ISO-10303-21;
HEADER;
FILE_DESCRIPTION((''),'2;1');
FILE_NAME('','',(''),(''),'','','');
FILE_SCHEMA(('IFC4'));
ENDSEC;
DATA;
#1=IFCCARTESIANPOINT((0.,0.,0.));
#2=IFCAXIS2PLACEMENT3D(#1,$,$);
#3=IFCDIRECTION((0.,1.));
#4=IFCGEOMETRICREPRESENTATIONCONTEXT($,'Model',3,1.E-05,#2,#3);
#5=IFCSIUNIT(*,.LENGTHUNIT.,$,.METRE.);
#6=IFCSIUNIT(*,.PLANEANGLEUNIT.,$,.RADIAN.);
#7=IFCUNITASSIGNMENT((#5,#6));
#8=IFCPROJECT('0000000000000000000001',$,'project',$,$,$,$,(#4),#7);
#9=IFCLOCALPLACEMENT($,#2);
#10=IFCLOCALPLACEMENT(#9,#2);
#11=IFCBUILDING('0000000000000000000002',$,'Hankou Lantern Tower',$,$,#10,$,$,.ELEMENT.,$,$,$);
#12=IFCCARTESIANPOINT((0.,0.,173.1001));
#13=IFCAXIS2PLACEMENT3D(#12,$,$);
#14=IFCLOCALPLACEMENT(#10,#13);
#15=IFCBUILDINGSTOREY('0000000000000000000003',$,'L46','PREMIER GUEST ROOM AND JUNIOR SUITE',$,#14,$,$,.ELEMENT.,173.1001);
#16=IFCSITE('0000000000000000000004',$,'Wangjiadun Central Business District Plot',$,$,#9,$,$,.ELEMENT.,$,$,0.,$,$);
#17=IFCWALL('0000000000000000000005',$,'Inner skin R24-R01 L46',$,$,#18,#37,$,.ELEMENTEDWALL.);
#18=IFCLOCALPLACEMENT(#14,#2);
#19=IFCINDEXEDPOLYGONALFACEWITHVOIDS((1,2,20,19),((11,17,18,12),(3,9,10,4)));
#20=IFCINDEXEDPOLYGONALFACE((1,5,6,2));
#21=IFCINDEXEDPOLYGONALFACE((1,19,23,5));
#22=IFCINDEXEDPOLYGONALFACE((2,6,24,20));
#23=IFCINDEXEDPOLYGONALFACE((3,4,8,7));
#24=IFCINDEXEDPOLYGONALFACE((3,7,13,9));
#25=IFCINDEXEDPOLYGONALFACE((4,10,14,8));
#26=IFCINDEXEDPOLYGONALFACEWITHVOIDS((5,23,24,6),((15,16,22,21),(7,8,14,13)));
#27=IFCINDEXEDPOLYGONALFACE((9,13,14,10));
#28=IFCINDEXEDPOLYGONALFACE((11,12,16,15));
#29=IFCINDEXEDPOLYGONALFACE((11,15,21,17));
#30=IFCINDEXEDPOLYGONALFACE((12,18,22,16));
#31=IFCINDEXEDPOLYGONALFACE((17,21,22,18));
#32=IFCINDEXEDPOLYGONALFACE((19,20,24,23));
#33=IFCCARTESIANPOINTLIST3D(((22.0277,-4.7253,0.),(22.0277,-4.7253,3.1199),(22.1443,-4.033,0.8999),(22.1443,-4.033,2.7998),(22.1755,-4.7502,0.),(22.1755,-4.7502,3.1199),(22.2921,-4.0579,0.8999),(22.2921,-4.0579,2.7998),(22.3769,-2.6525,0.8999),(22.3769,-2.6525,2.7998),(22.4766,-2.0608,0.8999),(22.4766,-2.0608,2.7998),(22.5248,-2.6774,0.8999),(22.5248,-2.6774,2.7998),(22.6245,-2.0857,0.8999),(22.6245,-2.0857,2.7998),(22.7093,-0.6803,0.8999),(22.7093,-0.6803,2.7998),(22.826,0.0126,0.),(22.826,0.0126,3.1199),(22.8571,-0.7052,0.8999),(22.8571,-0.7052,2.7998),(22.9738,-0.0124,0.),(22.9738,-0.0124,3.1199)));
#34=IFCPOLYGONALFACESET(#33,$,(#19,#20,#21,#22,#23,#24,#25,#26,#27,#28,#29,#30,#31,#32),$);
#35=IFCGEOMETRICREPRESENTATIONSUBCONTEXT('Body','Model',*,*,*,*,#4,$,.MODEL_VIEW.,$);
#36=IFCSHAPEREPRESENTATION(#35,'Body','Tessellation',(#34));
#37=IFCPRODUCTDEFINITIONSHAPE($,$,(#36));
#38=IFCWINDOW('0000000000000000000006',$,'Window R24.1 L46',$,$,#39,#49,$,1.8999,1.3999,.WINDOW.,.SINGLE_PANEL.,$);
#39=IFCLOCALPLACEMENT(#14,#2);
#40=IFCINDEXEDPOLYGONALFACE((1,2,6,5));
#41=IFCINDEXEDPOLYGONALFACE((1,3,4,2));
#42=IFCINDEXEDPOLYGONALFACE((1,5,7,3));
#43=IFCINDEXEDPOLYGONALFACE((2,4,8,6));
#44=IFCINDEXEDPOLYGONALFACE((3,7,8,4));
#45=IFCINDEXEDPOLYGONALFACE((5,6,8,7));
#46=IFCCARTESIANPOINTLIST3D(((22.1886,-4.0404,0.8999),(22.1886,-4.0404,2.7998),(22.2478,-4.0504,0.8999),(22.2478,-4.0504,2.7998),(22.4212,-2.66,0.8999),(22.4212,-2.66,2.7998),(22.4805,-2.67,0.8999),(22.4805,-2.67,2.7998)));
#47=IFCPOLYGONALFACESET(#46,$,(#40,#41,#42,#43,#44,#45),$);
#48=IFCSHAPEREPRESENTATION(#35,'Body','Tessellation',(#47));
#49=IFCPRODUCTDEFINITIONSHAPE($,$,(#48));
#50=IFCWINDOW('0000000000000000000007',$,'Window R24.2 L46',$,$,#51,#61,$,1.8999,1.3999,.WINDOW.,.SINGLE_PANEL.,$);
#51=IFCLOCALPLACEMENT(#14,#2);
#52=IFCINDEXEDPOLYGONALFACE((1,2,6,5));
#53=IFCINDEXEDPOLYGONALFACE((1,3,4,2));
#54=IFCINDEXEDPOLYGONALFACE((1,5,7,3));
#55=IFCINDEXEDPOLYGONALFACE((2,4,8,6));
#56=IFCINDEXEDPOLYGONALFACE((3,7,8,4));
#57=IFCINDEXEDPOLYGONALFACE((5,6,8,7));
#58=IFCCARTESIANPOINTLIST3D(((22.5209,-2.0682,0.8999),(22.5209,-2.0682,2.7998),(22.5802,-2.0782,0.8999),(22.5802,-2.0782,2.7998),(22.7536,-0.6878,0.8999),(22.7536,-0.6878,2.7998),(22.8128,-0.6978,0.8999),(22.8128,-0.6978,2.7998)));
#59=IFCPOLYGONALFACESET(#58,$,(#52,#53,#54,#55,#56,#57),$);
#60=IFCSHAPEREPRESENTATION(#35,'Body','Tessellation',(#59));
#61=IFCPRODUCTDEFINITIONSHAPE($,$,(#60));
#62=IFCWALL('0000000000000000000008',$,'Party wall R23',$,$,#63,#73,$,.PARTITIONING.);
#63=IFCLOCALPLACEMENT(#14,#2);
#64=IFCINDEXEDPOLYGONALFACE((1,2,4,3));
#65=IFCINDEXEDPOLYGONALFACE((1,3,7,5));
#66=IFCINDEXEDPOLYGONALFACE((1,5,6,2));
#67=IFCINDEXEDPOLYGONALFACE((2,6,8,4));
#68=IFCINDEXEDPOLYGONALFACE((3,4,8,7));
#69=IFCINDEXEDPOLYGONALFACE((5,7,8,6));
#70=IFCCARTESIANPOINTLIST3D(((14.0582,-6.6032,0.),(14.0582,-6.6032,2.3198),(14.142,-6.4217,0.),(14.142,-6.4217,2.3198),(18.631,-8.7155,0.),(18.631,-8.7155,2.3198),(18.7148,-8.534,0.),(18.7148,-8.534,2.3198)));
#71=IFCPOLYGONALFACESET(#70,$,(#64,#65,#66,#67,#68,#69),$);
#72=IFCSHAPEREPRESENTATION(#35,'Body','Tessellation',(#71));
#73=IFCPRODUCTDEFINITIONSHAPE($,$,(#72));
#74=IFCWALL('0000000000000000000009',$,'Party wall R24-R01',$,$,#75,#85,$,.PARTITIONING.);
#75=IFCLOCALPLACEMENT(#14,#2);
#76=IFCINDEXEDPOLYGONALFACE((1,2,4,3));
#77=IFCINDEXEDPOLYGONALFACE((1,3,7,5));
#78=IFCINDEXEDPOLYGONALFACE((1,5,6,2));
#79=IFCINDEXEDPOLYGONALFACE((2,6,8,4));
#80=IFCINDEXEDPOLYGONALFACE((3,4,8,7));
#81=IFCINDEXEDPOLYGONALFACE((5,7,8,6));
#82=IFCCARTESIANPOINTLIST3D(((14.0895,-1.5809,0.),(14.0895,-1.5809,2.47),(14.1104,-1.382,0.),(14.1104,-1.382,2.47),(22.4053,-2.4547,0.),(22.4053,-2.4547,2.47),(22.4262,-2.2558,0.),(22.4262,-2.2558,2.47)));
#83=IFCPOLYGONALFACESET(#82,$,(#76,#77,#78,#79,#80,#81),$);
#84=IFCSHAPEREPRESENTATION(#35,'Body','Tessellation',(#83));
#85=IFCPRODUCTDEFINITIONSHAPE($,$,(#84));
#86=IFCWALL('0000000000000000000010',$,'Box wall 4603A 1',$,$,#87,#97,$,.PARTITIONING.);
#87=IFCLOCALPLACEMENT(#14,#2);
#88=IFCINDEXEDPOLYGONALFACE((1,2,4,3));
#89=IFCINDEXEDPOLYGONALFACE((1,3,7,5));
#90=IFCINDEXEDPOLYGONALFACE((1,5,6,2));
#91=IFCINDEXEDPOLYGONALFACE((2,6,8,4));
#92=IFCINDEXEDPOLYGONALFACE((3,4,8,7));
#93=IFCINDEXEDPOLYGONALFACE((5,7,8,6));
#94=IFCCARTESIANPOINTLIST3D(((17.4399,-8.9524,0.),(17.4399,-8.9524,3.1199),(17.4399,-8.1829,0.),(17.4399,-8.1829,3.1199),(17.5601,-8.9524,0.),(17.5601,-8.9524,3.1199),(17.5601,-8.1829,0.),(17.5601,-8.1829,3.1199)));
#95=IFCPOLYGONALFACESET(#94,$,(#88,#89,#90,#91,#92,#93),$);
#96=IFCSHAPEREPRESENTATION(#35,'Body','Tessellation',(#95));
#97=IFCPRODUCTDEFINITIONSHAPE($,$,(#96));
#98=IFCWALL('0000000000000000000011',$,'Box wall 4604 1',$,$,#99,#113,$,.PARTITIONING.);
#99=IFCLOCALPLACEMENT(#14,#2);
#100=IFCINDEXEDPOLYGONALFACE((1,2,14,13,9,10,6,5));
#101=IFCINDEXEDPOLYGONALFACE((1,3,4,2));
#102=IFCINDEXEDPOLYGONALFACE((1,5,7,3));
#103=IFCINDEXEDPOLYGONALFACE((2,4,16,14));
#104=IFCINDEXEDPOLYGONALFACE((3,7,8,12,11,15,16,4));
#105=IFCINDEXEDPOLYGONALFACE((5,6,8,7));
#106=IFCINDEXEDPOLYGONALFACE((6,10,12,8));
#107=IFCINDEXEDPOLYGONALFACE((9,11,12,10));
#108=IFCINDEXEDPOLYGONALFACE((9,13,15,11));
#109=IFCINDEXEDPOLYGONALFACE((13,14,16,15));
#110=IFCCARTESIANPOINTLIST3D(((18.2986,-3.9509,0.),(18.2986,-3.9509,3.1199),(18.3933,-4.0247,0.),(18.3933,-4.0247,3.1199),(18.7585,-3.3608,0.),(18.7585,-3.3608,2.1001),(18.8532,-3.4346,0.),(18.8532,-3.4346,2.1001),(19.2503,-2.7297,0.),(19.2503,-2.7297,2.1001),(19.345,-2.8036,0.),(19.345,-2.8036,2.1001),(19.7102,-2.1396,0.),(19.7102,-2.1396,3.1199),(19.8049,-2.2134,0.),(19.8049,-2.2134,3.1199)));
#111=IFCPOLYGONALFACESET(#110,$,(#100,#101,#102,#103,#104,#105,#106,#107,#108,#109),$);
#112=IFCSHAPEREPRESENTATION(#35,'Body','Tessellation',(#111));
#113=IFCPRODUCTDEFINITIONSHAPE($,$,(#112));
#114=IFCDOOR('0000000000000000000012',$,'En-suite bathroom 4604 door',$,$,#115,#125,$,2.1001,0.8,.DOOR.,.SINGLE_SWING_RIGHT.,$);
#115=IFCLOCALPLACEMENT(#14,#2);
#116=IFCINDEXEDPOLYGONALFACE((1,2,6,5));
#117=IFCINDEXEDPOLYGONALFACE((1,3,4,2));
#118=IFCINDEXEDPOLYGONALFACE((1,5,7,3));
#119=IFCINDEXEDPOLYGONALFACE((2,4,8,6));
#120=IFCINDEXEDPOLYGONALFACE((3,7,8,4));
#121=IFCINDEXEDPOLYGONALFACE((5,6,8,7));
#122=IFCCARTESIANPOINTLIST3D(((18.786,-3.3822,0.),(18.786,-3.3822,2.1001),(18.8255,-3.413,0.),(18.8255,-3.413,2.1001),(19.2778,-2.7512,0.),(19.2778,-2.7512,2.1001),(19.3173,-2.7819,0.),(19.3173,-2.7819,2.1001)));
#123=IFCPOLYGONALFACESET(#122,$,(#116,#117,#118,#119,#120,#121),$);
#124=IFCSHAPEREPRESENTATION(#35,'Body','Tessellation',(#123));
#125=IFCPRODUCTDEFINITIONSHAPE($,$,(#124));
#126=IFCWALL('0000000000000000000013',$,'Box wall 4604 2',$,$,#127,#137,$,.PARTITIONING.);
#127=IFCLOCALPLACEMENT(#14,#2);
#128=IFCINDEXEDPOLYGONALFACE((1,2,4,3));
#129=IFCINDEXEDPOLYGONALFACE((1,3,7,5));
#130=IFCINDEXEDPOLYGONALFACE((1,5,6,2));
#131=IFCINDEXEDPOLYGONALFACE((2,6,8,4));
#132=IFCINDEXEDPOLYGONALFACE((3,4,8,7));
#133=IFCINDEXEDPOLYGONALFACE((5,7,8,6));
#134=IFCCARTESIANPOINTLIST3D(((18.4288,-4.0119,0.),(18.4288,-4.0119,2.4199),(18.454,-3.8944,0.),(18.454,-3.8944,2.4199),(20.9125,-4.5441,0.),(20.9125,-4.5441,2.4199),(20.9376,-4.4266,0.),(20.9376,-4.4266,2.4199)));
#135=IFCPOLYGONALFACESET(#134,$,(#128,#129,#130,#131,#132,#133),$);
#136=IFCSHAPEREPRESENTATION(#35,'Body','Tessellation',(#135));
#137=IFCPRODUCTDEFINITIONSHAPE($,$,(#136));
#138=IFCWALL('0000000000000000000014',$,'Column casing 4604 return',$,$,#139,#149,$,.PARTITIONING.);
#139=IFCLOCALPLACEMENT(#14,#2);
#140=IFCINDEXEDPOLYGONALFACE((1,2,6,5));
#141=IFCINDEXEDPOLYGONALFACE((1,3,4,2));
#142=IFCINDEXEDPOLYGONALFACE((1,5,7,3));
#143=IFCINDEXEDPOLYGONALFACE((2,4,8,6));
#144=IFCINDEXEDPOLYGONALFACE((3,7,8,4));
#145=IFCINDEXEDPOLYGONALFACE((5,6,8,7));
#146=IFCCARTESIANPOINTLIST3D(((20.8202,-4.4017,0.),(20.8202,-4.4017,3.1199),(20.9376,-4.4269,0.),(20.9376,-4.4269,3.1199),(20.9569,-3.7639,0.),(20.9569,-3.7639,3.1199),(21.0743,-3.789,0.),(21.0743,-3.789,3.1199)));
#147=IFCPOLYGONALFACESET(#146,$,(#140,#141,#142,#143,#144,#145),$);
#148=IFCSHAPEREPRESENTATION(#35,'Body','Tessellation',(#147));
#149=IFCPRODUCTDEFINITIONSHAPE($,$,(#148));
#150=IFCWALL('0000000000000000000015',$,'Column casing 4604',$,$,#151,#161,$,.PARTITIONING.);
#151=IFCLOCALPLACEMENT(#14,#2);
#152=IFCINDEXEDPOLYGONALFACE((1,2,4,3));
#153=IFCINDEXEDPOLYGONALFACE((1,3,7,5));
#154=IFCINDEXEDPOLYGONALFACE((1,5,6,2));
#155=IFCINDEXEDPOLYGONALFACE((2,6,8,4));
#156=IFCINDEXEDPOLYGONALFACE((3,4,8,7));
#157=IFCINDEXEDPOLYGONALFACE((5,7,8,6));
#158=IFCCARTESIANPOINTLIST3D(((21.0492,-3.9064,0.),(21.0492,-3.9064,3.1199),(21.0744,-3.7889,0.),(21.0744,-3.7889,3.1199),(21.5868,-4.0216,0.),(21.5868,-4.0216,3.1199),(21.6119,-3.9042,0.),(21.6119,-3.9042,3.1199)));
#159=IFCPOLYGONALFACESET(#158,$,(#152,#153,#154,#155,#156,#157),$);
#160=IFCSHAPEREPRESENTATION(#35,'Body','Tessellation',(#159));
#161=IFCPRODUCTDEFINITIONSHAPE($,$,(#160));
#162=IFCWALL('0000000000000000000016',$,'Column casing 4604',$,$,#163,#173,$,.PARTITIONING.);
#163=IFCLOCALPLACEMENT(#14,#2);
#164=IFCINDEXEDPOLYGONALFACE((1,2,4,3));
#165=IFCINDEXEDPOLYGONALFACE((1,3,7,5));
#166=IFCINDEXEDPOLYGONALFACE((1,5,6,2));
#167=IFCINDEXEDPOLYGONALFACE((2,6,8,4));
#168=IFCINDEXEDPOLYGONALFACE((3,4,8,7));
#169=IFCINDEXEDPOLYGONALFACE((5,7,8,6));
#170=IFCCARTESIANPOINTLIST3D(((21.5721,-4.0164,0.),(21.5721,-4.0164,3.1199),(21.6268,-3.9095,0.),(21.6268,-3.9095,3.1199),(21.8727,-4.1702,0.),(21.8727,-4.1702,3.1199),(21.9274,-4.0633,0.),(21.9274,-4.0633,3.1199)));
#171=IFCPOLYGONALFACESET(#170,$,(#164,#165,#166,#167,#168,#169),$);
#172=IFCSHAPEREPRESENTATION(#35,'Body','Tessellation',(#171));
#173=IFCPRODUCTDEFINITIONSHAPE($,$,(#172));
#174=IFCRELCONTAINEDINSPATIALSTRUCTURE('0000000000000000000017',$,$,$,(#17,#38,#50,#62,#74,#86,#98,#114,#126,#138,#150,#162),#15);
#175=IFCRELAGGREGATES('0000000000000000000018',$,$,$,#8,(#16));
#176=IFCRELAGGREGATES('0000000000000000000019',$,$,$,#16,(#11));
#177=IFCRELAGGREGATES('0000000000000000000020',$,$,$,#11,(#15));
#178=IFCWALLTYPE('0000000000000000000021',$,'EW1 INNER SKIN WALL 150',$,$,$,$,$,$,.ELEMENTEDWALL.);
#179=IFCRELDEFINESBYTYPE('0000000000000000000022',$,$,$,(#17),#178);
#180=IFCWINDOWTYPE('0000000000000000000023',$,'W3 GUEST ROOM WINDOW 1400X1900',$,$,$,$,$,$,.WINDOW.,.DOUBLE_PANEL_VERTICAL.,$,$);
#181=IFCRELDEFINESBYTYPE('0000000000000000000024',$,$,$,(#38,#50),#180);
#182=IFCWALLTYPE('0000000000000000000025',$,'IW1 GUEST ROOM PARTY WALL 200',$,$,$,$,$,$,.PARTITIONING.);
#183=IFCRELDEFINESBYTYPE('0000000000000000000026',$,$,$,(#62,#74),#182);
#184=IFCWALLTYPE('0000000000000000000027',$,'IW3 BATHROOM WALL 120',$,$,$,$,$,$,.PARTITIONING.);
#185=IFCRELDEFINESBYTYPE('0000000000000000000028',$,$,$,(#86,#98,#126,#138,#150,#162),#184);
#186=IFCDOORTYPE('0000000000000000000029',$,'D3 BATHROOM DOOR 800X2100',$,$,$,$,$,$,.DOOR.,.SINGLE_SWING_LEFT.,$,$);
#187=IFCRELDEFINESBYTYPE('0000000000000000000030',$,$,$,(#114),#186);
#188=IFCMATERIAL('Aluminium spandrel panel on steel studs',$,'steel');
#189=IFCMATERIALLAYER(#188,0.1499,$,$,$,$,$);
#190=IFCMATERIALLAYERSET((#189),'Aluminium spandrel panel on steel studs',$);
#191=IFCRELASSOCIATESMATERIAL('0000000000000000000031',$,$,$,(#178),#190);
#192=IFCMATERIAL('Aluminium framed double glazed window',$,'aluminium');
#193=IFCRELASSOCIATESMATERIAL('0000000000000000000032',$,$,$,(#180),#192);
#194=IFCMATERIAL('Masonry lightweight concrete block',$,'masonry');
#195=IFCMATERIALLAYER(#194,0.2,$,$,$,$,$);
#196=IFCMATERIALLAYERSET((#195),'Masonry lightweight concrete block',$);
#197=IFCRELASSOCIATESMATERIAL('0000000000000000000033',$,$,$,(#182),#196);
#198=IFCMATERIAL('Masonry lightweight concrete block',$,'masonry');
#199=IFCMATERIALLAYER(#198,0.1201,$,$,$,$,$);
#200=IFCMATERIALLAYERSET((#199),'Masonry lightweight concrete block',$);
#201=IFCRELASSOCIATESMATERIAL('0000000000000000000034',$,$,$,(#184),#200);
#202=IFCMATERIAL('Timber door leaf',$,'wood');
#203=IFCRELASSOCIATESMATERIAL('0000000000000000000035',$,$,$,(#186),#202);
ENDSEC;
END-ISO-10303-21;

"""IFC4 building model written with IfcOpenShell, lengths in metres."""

from ifc_helpers import new_model, si_unit, direction, frame, frame_2d, origin, place, context, subcontext, project, spatial, rectangle, extrude, material, layer, layer_set, type_object, element, fill, save


model = new_model("IFC4")

# Units and contexts
model_context = context("Model", 3, precision=1e-05, world=origin(), true_north=direction((0.0, 1.0)))
body_context = subcontext(model_context, "Body", "Model", "MODEL_VIEW")
ifc_project = project(units=[si_unit("LENGTHUNIT", "METRE"), si_unit("PLANEANGLEUNIT", "RADIAN")], contexts=[model_context])

# Site, building, storey
site_placement = place(None, origin())
site = spatial("IfcSite", under=ifc_project, at=site_placement, Name="Wangjiadun Central Business District Plot", CompositionType="ELEMENT", RefElevation=0.0)
building_placement = place(site_placement, origin())
building = spatial("IfcBuilding", under=site, at=building_placement, Name="Hankou Lantern Tower", CompositionType="ELEMENT")
storey_placement = place(building_placement, frame((0.0, 0.0, 173.1001)))
storey = spatial("IfcBuildingStorey", under=building, at=storey_placement, Name="L46", Description="PREMIER GUEST ROOM AND JUNIOR SUITE", CompositionType="ELEMENT", Elevation=173.1001)

# Wall, openings, windows
ifc_material_1 = material(Name="Aluminium spandrel panel on steel studs", Category="steel")
ifc_layer_1 = layer(ifc_material_1, 0.1499)
ifc_layer_set_1 = layer_set([ifc_layer_1], Name="Aluminium spandrel panel on steel studs")
wall_type_1 = type_object("IfcWallType", Name="EW1 INNER SKIN WALL 150", PredefinedType="ELEMENTEDWALL", material=ifc_layer_set_1)
wall_1_placement = place(storey_placement, frame((22.1016, -4.7378, 0.0), z_axis=(0.0, 0.0, 1.0), x_axis=(0.166162, 0.986098, 0.0)))
wall_1 = element("IfcWall", 1, at=wall_1_placement, inside=storey, type_object=wall_type_1, Name="Inner skin R24-R01 L46", PredefinedType="ELEMENTEDWALL", context=body_context, shape_type="SweptSolid", body=[
    extrude(rectangle(XDim=4.8047, YDim=0.1499, at=frame_2d((2.4023, 0.0))), origin(), (0.0, 0.0, 1.0), 3.1199),
])
opening_1_placement = place(wall_1_placement, frame((0.7021, 0.0, 0.8999)))
opening_1 = element("IfcOpeningElement", 2, at=opening_1_placement, cuts=wall_1, PredefinedType="OPENING", context=body_context, shape_type="SweptSolid", body=[
    extrude(rectangle(XDim=1.3999, YDim=1.8999, at=frame_2d((0.7, 0.95))), frame((0.0, 0.085, 0.0), z_axis=(0.0, -1.0, 0.0), x_axis=(1.0, 0.0, 0.0)), (0.0, 0.0, 1.0), 0.1699),
])
opening_2_placement = place(wall_1_placement, frame((2.7021, 0.0, 0.8999)))
opening_2 = element("IfcOpeningElement", 3, at=opening_2_placement, cuts=wall_1, PredefinedType="OPENING", context=body_context, shape_type="SweptSolid", body=[
    extrude(rectangle(XDim=1.3999, YDim=1.8999, at=frame_2d((0.7, 0.95))), frame((0.0, 0.085, 0.0), z_axis=(0.0, -1.0, 0.0), x_axis=(1.0, 0.0, 0.0)), (0.0, 0.0, 1.0), 0.1699),
])
ifc_material_2 = material(Name="Aluminium framed double glazed window", Category="aluminium")
window_type = type_object("IfcWindowType", Name="W3 GUEST ROOM WINDOW 1400X1900", PartitioningType="DOUBLE_PANEL_VERTICAL", PredefinedType="WINDOW", material=ifc_material_2)
window_1_placement = place(opening_1_placement, origin())
window_1 = element("IfcWindow", 4, at=window_1_placement, inside=storey, type_object=window_type, Name="Window R24.1 L46", OverallHeight=1.8999, OverallWidth=1.3999, PartitioningType="SINGLE_PANEL", PredefinedType="WINDOW", context=body_context, shape_type="SweptSolid", body=[
    extrude(rectangle(XDim=1.3999, YDim=1.8999, at=frame_2d((0.7, 0.95))), frame((0.0, 0.03, 0.0), z_axis=(0.0, -1.0, 0.0), x_axis=(1.0, 0.0, 0.0)), (0.0, 0.0, 1.0), 0.0601),
])
fill(opening_1, window_1)
window_2_placement = place(opening_2_placement, origin())
window_2 = element("IfcWindow", 5, at=window_2_placement, inside=storey, type_object=window_type, Name="Window R24.2 L46", OverallHeight=1.8999, OverallWidth=1.3999, PartitioningType="SINGLE_PANEL", PredefinedType="WINDOW", context=body_context, shape_type="SweptSolid", body=[
    extrude(rectangle(XDim=1.3999, YDim=1.8999, at=frame_2d((0.7, 0.95))), frame((0.0, 0.03, 0.0), z_axis=(0.0, -1.0, 0.0), x_axis=(1.0, 0.0, 0.0)), (0.0, 0.0, 1.0), 0.0601),
])
fill(opening_2, window_2)

# Walls
ifc_material_3 = material(Name="Masonry lightweight concrete block", Category="masonry")
ifc_layer_2 = layer(ifc_material_3, 0.2)
ifc_layer_set_2 = layer_set([ifc_layer_2], Name="Masonry lightweight concrete block")
wall_type_2 = type_object("IfcWallType", Name="IW1 GUEST ROOM PARTY WALL 200", PredefinedType="PARTITIONING", material=ifc_layer_set_2)
wall_2_placement = place(storey_placement, frame((14.1001, -6.5125, 0.0), z_axis=(0.0, 0.0, 1.0), x_axis=(0.907823, -0.419353, 0.0)))
element("IfcWall", 6, at=wall_2_placement, inside=storey, type_object=wall_type_2, Name="Party wall R23", PredefinedType="PARTITIONING", context=body_context, shape_type="SweptSolid", body=[
    extrude(rectangle(XDim=5.0371, YDim=0.2, at=frame_2d((2.5186, 0.0))), origin(), (0.0, 0.0, 1.0), 2.3198),
])
wall_3_placement = place(storey_placement, frame((14.1001, -1.4814, 0.0), z_axis=(0.0, 0.0, 1.0), x_axis=(0.994525, -0.104501, 0.0)))
element("IfcWall", 7, at=wall_3_placement, inside=storey, type_object=wall_type_2, Name="Party wall R24-R01", PredefinedType="PARTITIONING", context=body_context, shape_type="SweptSolid", body=[
    extrude(rectangle(XDim=8.3616, YDim=0.2, at=frame_2d((4.1807, 0.0))), origin(), (0.0, 0.0, 1.0), 2.47),
])
ifc_material_4 = material(Name="Masonry lightweight concrete block", Category="masonry")
ifc_layer_3 = layer(ifc_material_4, 0.1201)
ifc_layer_set_3 = layer_set([ifc_layer_3], Name="Masonry lightweight concrete block")
wall_type_3 = type_object("IfcWallType", Name="IW3 BATHROOM WALL 120", PredefinedType="PARTITIONING", material=ifc_layer_set_3)
wall_4_placement = place(storey_placement, frame((17.5, -8.1829, 0.0), z_axis=(0.0, 0.0, 1.0), x_axis=(0.0, -1.0, 0.0)))
element("IfcWall", 8, at=wall_4_placement, inside=storey, type_object=wall_type_3, Name="Box wall 4603A 1", PredefinedType="PARTITIONING", context=body_context, shape_type="SweptSolid", body=[
    extrude(rectangle(XDim=0.7695, YDim=0.1201, at=frame_2d((0.3848, 0.0))), origin(), (0.0, 0.0, 1.0), 3.1199),
])

# Wall, opening, door
wall_5_placement = place(storey_placement, frame((19.7576, -2.1765, 0.0), z_axis=(0.0, 0.0, 1.0), x_axis=(-0.614713, -0.788751, 0.0)))
wall_5 = element("IfcWall", 9, at=wall_5_placement, inside=storey, type_object=wall_type_3, Name="Box wall 4604 1", PredefinedType="PARTITIONING", context=body_context, shape_type="SweptSolid", body=[
    extrude(rectangle(XDim=2.2964, YDim=0.1201, at=frame_2d((1.1482, 0.0))), origin(), (0.0, 0.0, 1.0), 3.1199),
])
opening_3_placement = place(wall_5_placement, frame((0.7483, 0.0, 0.0)))
opening_3 = element("IfcOpeningElement", 10, at=opening_3_placement, cuts=wall_5, PredefinedType="OPENING", context=body_context, shape_type="SweptSolid", body=[
    extrude(rectangle(XDim=0.8, YDim=2.1001, at=frame_2d((0.3999, 1.05))), frame((0.0, 0.0701, 0.0), z_axis=(0.0, -1.0, 0.0), x_axis=(1.0, 0.0, 0.0)), (0.0, 0.0, 1.0), 0.1401),
])
ifc_material_5 = material(Name="Timber door leaf", Category="wood")
door_type = type_object("IfcDoorType", Name="D3 BATHROOM DOOR 800X2100", OperationType="SINGLE_SWING_LEFT", PredefinedType="DOOR", material=ifc_material_5)
door_1_placement = place(opening_3_placement, origin())
door_1 = element("IfcDoor", 11, at=door_1_placement, inside=storey, type_object=door_type, Name="En-suite bathroom 4604 door", OperationType="SINGLE_SWING_RIGHT", OverallHeight=2.1001, OverallWidth=0.8, PredefinedType="DOOR", context=body_context, shape_type="SweptSolid", body=[
    extrude(rectangle(XDim=0.8, YDim=2.1001, at=frame_2d((0.3999, 1.05))), frame((0.0, 0.0249, 0.0), z_axis=(0.0, -1.0, 0.0), x_axis=(1.0, 0.0, 0.0)), (0.0, 0.0, 1.0), 0.05),
])
fill(opening_3, door_1)

# Walls
wall_6_placement = place(storey_placement, frame((18.4414, -3.9531, 0.0), z_axis=(0.0, 0.0, 1.0), x_axis=(0.977801, -0.209536, 0.0)))
element("IfcWall", 12, at=wall_6_placement, inside=storey, type_object=wall_type_3, Name="Box wall 4604 2", PredefinedType="PARTITIONING", context=body_context, shape_type="SweptSolid", body=[
    extrude(rectangle(XDim=2.54, YDim=0.1201, at=frame_2d((1.27, 0.0))), origin(), (0.0, 0.0, 1.0), 2.4199),
])
wall_7_placement = place(storey_placement, frame((20.8789, -4.4143, 0.0), z_axis=(0.0, 0.0, 1.0), x_axis=(0.209555, 0.977797, 0.0)))
element("IfcWall", 13, at=wall_7_placement, inside=storey, type_object=wall_type_3, Name="Column casing 4604 return", PredefinedType="PARTITIONING", context=body_context, shape_type="SweptSolid", body=[
    extrude(rectangle(XDim=0.6523, YDim=0.1201, at=frame_2d((0.3262, 0.0))), origin(), (0.0, 0.0, 1.0), 3.1199),
])
wall_8_placement = place(storey_placement, frame((21.0618, -3.8477, 0.0), z_axis=(0.0, 0.0, 1.0), x_axis=(0.977789, -0.20959, 0.0)))
element("IfcWall", 14, at=wall_8_placement, inside=storey, type_object=wall_type_3, Name="Column casing 4604", PredefinedType="PARTITIONING", context=body_context, shape_type="SweptSolid", body=[
    extrude(rectangle(XDim=0.5498, YDim=0.1201, at=frame_2d((0.2749, 0.0))), origin(), (0.0, 0.0, 1.0), 3.1199),
])
wall_9_placement = place(storey_placement, frame((21.5994, -3.9629, 0.0), z_axis=(0.0, 0.0, 1.0), x_axis=(0.890194, -0.455582, 0.0)))
element("IfcWall", 15, at=wall_9_placement, inside=storey, type_object=wall_type_3, Name="Column casing 4604", PredefinedType="PARTITIONING", context=body_context, shape_type="SweptSolid", body=[
    extrude(rectangle(XDim=0.3376, YDim=0.1201, at=frame_2d((0.1689, 0.0))), origin(), (0.0, 0.0, 1.0), 3.1199),
])

save(model, "model.ifc")
